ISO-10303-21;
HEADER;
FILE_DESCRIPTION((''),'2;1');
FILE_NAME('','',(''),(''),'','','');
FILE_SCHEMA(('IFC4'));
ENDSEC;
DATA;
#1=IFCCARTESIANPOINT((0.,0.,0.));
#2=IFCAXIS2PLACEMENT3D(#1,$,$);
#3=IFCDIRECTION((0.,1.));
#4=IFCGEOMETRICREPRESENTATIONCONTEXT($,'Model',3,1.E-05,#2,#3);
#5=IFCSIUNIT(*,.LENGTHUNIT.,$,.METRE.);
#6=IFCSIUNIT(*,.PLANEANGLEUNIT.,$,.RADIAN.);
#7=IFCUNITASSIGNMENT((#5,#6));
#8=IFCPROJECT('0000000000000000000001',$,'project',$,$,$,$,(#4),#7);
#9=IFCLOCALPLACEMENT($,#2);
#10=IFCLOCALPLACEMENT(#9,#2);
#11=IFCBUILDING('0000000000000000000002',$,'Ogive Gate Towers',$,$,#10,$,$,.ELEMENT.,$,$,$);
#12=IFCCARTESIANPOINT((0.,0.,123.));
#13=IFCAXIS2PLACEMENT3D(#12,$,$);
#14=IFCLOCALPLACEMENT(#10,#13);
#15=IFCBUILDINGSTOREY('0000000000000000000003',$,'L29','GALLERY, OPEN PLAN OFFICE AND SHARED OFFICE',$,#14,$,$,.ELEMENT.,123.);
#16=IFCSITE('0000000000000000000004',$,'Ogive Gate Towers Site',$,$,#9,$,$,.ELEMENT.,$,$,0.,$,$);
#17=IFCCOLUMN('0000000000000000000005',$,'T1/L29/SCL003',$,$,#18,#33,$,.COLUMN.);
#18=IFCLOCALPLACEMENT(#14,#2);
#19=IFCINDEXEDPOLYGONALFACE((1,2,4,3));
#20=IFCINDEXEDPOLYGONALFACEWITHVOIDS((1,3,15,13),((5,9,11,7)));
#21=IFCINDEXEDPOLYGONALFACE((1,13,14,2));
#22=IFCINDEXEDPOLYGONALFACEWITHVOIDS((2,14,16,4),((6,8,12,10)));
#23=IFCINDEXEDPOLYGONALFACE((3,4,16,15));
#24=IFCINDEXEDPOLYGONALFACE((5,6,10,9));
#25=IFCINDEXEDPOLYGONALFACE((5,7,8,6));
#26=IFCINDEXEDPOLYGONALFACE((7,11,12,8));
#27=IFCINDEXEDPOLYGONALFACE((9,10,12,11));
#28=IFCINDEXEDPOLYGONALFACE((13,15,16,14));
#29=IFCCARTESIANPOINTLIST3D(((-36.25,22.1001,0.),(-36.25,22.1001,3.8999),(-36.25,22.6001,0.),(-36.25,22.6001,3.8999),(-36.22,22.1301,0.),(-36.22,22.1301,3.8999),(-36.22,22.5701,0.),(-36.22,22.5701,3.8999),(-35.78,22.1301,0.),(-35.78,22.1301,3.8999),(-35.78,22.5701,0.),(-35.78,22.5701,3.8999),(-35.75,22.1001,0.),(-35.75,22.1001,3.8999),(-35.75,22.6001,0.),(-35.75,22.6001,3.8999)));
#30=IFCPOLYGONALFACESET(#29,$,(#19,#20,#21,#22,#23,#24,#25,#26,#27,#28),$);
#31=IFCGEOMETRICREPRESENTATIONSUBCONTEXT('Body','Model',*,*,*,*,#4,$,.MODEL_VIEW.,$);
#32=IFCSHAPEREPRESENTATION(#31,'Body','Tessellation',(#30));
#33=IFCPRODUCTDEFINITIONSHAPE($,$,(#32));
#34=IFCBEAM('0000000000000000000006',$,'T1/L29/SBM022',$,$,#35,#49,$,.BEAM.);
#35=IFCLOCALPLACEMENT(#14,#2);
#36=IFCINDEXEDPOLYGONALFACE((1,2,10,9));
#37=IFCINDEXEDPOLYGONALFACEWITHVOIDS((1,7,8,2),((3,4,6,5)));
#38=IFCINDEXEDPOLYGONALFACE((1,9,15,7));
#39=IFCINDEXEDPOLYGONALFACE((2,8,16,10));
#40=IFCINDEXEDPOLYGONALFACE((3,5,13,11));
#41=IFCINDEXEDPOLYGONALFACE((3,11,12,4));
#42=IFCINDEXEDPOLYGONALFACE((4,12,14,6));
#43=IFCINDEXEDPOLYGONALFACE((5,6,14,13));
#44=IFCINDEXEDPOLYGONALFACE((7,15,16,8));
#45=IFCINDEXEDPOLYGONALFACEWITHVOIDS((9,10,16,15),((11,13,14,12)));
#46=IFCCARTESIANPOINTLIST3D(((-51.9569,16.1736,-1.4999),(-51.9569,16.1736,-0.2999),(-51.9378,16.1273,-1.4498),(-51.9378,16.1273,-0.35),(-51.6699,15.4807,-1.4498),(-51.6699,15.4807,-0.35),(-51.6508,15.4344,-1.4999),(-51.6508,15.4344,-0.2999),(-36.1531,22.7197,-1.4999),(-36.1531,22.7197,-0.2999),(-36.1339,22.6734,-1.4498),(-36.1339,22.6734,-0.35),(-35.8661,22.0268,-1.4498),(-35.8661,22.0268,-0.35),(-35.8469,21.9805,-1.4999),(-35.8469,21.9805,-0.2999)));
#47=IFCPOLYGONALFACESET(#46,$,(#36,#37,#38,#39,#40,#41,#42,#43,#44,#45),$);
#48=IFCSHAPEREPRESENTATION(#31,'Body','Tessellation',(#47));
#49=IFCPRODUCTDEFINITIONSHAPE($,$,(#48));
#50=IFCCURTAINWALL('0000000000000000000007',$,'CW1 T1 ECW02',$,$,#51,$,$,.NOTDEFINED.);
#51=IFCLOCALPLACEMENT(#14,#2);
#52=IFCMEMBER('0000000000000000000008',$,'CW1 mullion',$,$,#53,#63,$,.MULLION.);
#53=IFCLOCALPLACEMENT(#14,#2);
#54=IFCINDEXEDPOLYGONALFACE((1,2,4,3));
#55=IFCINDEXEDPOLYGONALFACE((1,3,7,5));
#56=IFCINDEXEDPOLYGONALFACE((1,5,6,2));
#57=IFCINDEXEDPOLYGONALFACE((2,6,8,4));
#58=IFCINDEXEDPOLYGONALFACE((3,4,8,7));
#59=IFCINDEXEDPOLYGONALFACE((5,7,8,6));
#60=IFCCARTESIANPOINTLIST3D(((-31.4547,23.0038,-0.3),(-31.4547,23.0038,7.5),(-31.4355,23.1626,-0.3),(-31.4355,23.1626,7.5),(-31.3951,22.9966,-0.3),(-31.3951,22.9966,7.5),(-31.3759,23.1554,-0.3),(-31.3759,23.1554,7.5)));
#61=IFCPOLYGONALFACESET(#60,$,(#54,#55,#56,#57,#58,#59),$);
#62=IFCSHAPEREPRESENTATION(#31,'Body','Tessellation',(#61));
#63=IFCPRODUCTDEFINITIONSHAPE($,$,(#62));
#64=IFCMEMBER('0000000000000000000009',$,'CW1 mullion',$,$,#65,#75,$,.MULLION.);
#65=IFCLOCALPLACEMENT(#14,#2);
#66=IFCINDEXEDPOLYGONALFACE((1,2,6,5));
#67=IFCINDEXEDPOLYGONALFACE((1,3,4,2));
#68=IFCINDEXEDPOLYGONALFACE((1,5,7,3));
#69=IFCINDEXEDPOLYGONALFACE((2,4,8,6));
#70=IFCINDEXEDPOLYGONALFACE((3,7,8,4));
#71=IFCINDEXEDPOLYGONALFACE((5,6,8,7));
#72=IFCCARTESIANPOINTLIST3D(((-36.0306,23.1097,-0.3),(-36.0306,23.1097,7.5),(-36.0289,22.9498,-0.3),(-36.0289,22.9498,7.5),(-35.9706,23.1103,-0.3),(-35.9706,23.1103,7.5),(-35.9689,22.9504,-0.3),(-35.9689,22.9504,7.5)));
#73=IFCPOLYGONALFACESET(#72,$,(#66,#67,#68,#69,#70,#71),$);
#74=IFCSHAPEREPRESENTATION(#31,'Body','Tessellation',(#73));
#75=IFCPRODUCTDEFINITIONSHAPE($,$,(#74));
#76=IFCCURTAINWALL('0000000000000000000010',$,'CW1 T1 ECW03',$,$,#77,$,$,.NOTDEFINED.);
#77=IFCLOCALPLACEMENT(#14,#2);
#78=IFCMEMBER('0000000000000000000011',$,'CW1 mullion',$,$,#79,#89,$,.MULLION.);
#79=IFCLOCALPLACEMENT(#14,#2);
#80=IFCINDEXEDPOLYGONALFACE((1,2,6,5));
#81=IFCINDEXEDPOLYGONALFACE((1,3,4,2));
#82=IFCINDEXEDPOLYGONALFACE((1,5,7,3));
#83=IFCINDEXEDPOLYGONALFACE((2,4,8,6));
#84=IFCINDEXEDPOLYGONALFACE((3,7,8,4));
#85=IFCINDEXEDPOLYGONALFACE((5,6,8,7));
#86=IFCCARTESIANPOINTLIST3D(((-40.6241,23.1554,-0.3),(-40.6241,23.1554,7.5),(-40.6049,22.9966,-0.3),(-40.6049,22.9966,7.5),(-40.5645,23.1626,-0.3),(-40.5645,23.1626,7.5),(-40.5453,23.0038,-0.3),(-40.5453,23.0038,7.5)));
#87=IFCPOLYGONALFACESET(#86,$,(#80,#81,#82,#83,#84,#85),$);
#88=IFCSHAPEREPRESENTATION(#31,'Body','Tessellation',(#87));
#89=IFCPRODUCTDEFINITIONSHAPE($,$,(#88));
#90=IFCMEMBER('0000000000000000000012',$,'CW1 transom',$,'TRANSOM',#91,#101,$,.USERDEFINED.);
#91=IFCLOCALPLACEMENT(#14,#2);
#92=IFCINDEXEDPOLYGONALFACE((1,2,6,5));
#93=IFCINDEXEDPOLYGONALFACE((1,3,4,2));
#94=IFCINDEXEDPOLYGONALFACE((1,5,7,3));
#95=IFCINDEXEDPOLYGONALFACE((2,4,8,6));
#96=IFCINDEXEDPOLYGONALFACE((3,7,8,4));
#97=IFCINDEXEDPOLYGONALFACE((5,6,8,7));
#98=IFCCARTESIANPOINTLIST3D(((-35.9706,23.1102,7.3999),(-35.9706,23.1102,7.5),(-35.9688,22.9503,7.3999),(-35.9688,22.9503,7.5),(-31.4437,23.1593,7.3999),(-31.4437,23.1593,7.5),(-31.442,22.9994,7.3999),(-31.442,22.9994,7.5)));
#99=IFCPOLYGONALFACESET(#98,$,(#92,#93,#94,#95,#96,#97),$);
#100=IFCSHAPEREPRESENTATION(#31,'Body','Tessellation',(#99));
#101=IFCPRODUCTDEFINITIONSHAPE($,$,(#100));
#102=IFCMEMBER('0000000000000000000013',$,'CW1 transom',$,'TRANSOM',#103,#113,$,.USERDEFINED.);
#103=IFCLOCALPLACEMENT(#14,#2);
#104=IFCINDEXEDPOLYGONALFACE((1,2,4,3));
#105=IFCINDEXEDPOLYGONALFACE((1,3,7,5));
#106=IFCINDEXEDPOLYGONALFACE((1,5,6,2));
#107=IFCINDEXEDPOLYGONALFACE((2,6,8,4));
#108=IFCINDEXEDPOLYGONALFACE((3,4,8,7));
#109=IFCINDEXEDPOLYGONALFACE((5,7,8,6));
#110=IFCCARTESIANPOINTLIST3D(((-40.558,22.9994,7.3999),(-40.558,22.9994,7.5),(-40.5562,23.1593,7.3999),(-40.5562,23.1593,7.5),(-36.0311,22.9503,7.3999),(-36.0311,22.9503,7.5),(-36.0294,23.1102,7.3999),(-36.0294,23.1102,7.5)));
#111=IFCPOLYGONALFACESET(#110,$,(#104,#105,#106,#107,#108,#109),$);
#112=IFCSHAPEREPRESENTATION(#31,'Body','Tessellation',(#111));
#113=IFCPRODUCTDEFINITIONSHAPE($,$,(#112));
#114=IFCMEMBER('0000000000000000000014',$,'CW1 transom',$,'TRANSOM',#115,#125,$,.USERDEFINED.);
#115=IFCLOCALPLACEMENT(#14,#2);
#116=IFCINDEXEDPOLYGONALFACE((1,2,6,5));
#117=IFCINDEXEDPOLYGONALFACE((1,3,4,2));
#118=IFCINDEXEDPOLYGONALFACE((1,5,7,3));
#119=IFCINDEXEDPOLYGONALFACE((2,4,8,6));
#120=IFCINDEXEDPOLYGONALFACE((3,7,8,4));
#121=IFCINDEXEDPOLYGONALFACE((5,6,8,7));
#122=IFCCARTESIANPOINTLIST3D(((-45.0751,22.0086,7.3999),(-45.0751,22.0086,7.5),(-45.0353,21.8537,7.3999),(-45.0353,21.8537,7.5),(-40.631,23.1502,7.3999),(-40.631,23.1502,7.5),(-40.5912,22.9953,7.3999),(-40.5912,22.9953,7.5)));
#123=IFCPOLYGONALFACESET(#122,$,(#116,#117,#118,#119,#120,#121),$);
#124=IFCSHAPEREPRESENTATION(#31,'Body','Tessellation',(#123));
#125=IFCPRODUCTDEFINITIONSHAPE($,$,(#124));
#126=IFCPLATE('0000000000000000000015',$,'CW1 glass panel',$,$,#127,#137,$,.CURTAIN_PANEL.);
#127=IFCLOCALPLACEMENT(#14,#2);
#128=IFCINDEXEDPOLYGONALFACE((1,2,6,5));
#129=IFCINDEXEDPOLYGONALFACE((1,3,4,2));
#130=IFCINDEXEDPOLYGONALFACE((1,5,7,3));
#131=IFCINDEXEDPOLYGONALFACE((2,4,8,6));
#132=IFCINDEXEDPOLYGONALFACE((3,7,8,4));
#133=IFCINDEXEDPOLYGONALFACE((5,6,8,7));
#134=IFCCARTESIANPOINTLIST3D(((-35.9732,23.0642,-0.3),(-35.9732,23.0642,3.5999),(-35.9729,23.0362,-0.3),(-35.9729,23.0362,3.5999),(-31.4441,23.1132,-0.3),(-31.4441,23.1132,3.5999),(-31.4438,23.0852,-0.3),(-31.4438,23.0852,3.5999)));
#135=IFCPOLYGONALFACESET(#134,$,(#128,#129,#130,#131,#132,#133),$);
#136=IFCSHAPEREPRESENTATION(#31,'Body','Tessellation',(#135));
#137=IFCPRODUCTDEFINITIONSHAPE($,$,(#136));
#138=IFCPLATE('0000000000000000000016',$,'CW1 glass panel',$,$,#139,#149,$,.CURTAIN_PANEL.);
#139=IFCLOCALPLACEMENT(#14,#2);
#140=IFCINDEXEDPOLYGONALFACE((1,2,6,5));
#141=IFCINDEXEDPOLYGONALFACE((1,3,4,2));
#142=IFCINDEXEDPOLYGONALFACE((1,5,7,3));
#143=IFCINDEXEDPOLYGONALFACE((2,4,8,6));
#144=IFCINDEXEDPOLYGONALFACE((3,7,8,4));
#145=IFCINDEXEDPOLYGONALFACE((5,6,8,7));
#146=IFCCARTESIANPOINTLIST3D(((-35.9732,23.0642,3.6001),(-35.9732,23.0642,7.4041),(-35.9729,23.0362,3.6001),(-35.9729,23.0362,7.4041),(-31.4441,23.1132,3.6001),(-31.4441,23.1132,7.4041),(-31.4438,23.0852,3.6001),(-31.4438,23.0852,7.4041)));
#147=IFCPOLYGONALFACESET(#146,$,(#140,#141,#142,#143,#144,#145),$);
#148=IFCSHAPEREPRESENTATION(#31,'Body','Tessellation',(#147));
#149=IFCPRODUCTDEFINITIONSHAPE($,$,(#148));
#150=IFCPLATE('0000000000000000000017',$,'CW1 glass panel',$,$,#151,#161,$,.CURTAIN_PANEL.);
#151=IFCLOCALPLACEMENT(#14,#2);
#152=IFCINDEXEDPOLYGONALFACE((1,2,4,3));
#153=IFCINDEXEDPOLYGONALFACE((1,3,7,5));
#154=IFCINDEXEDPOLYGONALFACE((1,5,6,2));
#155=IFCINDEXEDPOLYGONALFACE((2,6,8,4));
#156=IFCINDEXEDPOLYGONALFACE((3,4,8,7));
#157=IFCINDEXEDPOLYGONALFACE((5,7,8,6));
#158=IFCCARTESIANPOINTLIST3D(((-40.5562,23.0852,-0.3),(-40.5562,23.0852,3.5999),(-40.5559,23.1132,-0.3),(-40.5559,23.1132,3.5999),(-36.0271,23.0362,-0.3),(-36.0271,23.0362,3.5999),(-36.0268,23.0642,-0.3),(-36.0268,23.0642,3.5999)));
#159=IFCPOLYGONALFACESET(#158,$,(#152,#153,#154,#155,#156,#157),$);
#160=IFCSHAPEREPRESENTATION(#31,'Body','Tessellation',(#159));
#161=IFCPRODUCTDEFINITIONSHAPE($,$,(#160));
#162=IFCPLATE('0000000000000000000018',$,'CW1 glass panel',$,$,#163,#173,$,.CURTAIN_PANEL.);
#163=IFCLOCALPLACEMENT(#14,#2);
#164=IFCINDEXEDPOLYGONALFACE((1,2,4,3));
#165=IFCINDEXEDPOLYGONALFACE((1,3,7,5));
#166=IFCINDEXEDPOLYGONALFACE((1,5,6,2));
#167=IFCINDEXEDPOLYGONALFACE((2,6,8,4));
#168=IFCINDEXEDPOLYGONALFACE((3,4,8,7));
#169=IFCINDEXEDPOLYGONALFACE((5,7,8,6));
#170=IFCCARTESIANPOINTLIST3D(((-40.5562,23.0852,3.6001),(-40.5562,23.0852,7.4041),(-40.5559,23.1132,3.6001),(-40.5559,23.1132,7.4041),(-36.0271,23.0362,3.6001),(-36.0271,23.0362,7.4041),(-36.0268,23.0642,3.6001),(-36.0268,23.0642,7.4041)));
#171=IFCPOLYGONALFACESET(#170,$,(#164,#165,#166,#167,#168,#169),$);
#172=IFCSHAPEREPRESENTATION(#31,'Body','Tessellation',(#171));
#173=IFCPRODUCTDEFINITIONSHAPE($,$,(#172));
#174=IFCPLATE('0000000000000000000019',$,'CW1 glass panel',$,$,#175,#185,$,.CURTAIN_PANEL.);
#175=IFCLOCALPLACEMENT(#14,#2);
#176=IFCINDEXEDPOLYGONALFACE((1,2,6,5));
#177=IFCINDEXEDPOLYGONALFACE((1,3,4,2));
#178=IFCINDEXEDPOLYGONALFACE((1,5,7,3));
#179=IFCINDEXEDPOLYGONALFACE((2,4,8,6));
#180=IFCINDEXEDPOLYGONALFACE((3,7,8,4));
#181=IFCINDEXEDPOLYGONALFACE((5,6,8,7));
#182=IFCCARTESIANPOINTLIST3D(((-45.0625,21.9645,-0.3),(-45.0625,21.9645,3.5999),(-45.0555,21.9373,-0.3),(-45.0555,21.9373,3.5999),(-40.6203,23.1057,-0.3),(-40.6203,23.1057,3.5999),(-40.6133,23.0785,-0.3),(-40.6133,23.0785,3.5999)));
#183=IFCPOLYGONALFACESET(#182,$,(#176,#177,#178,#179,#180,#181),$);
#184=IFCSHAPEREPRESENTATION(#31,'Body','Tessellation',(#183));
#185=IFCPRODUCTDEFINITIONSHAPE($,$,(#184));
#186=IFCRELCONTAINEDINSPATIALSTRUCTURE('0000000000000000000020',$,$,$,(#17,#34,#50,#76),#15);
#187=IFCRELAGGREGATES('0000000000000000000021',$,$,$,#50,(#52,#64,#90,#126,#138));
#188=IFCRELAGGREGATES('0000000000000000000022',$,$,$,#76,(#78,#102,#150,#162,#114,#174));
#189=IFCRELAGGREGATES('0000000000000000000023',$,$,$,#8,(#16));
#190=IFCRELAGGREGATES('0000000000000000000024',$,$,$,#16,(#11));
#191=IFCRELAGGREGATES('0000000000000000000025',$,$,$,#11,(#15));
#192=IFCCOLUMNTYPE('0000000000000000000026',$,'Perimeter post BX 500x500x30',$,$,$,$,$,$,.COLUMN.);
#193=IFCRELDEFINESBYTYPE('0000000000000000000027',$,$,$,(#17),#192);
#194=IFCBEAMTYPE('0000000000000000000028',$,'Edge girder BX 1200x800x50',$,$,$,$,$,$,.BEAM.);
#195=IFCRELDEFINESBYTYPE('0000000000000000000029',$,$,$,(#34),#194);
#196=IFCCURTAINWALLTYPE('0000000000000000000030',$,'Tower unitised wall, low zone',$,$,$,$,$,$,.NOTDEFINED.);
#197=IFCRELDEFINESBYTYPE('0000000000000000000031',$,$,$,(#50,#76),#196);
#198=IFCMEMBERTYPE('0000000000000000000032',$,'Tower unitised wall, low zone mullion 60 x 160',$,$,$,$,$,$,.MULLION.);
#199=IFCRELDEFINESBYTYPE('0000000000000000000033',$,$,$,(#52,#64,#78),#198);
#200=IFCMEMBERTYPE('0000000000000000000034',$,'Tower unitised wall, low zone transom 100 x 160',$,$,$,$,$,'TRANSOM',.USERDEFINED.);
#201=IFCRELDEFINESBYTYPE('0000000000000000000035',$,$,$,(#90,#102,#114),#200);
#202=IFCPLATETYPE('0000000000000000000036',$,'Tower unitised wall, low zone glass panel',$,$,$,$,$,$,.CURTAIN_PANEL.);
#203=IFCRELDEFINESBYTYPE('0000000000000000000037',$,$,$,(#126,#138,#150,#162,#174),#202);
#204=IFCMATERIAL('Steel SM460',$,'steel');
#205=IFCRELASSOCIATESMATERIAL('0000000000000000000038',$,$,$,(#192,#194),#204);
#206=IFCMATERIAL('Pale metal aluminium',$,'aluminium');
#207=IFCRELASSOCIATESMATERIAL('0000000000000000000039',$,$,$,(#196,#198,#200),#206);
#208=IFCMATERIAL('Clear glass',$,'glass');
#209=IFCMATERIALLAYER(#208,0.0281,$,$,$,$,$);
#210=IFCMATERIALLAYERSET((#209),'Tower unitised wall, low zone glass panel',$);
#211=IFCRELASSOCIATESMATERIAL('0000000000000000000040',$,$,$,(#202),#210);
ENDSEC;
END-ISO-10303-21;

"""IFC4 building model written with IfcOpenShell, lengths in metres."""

from ifc_helpers import new_model, si_unit, direction, frame, origin, origin_2d, place, context, subcontext, project, spatial, rectangle, hollow_rectangle, extrude, material, layer, layer_set, material_profile, profile_set, type_object, element, aggregate, save


model = new_model("IFC4")

# Units and contexts
model_context = context("Model", 3, precision=1e-05, world=origin(), true_north=direction((0.0, 1.0)))
body_context = subcontext(model_context, "Body", "Model", "MODEL_VIEW")
ifc_project = project(units=[si_unit("LENGTHUNIT", "METRE"), si_unit("PLANEANGLEUNIT", "RADIAN")], contexts=[model_context])

# Site, building, storey
site_placement = place(None, origin())
site = spatial("IfcSite", under=ifc_project, at=site_placement, Name="Ogive Gate Towers Site", CompositionType="ELEMENT", RefElevation=0.0)
building_placement = place(site_placement, origin())
building = spatial("IfcBuilding", under=site, at=building_placement, Name="Ogive Gate Towers", CompositionType="ELEMENT")
storey_placement = place(building_placement, frame((0.0, 0.0, 123.0)))
storey = spatial("IfcBuildingStorey", under=building, at=storey_placement, Name="L29", Description="GALLERY, OPEN PLAN OFFICE AND SHARED OFFICE", CompositionType="ELEMENT", Elevation=123.0)

# Column
ifc_material_1 = material(Name="Steel SM460", Category="steel")
ifc_material_profile_1 = material_profile(ifc_material_1, hollow_rectangle(XDim=0.5, YDim=0.5, WallThickness=0.03, at=origin_2d()), Name="BX 500x500x30")
ifc_profile_set_1 = profile_set([ifc_material_profile_1], Name="Steel SM460")
column_type = type_object("IfcColumnType", Name="Perimeter post BX 500x500x30", PredefinedType="COLUMN", material=ifc_profile_set_1)
column_placement = place(storey_placement, frame((-36.0, 22.3501, 0.0), z_axis=(0.0, 0.0, 1.0), x_axis=(1.0, 0.0, 0.0)))
element("IfcColumn", 1, at=column_placement, inside=storey, type_object=column_type, Name="T1/L29/SCL003", PredefinedType="COLUMN", context=body_context, shape_type="SweptSolid", body=[
    extrude(hollow_rectangle(XDim=0.5, YDim=0.5, WallThickness=0.03, at=origin_2d()), origin(), (0.0, 0.0, 1.0), 3.8999),
])

# Beam
ifc_material_profile_2 = material_profile(ifc_material_1, hollow_rectangle(XDim=0.8, YDim=1.2, WallThickness=0.05, at=origin_2d()), Name="BX 1200x800x50")
ifc_profile_set_2 = profile_set([ifc_material_profile_2], Name="Steel SM460")
beam_type = type_object("IfcBeamType", Name="Edge girder BX 1200x800x50", PredefinedType="BEAM", material=ifc_profile_set_2)
beam_placement = place(storey_placement, frame((-36.0, 22.3501, -0.8999), z_axis=(-0.923881, -0.38268, 0.0), x_axis=(0.38268, -0.923881, 0.0)))
element("IfcBeam", 2, at=beam_placement, inside=storey, type_object=beam_type, Name="T1/L29/SBM022", PredefinedType="BEAM", context=body_context, shape_type="SweptSolid", body=[
    extrude(hollow_rectangle(XDim=0.8, YDim=1.2, WallThickness=0.05, at=origin_2d()), origin(), (0.0, 0.0, 1.0), 17.106),
])

# Curtain wall, members
ifc_material_2 = material(Name="Pale metal aluminium", Category="aluminium")
curtain_wall_type = type_object("IfcCurtainWallType", Name="Tower unitised wall, low zone", PredefinedType="NOTDEFINED", material=ifc_material_2)
curtain_wall_1_placement = place(storey_placement, origin())
curtain_wall_1 = element("IfcCurtainWall", 3, at=curtain_wall_1_placement, inside=storey, type_object=curtain_wall_type, Name="CW1 T1 ECW02", PredefinedType="NOTDEFINED")
ifc_material_profile_3 = material_profile(ifc_material_2, rectangle(XDim=0.1599, YDim=0.0601, at=origin_2d()), Name="60 x 160 aluminium box")
ifc_profile_set_3 = profile_set([ifc_material_profile_3], Name="Pale metal aluminium")
member_type_1 = type_object("IfcMemberType", Name="Tower unitised wall, low zone mullion 60 x 160", PredefinedType="MULLION", material=ifc_profile_set_3)
member_1_placement = place(storey_placement, frame((-31.4153, 23.0796, -0.3), z_axis=(0.0, 0.0, 1.0), x_axis=(0.120033, 0.99277, 0.0)))
member_1 = element("IfcMember", 4, at=member_1_placement, type_object=member_type_1, Name="CW1 mullion", PredefinedType="MULLION", context=body_context, shape_type="SweptSolid", body=[
    extrude(rectangle(XDim=0.1599, YDim=0.0601, at=origin_2d()), origin(), (0.0, 0.0, 1.0), 7.8),
])
member_2_placement = place(storey_placement, frame((-35.9998, 23.03, -0.3), z_axis=(0.0, 0.0, 1.0), x_axis=(-0.010821, 0.999941, 0.0)))
member_2 = element("IfcMember", 5, at=member_2_placement, type_object=member_type_1, Name="CW1 mullion", PredefinedType="MULLION", context=body_context, shape_type="SweptSolid", body=[
    extrude(rectangle(XDim=0.1599, YDim=0.0601, at=origin_2d()), origin(), (0.0, 0.0, 1.0), 7.8),
])

# Curtain wall, member
curtain_wall_2_placement = place(storey_placement, origin())
curtain_wall_2 = element("IfcCurtainWall", 6, at=curtain_wall_2_placement, inside=storey, type_object=curtain_wall_type, Name="CW1 T1 ECW03", PredefinedType="NOTDEFINED")
member_3_placement = place(storey_placement, frame((-40.5847, 23.0796, -0.3), z_axis=(0.0, 0.0, 1.0), x_axis=(-0.120033, 0.99277, 0.0)))
member_3 = element("IfcMember", 7, at=member_3_placement, type_object=member_type_1, Name="CW1 mullion", PredefinedType="MULLION", context=body_context, shape_type="SweptSolid", body=[
    extrude(rectangle(XDim=0.1599, YDim=0.0601, at=origin_2d()), origin(), (0.0, 0.0, 1.0), 7.8),
])

# Members
ifc_material_profile_4 = material_profile(ifc_material_2, rectangle(XDim=0.1599, YDim=0.1001, at=origin_2d()), Name="100 x 160 aluminium box")
ifc_profile_set_4 = profile_set([ifc_material_profile_4], Name="Pale metal aluminium")
member_type_2 = type_object("IfcMemberType", Name="Tower unitised wall, low zone transom 100 x 160", ElementType="TRANSOM", PredefinedType="USERDEFINED", material=ifc_profile_set_4)
member_4_placement = place(storey_placement, frame((-31.4429, 23.0793, 7.45), z_axis=(-0.999941, -0.01084, 0.0), x_axis=(0.01084, -0.999941, 0.0)))
member_4 = element("IfcMember", 8, at=member_4_placement, type_object=member_type_2, Name="CW1 transom", ObjectType="TRANSOM", PredefinedType="USERDEFINED", context=body_context, shape_type="SweptSolid", body=[
    extrude(rectangle(XDim=0.1599, YDim=0.1001, at=origin_2d()), origin(), (0.0, 0.0, 1.0), 4.5271),
])
member_5_placement = place(storey_placement, frame((-36.0303, 23.0303, 7.45), z_axis=(-0.999941, 0.01084, 0.0), x_axis=(-0.01084, -0.999941, 0.0)))
member_5 = element("IfcMember", 9, at=member_5_placement, type_object=member_type_2, Name="CW1 transom", ObjectType="TRANSOM", PredefinedType="USERDEFINED", context=body_context, shape_type="SweptSolid", body=[
    extrude(rectangle(XDim=0.1599, YDim=0.1001, at=origin_2d()), origin(), (0.0, 0.0, 1.0), 4.5271),
])
member_6_placement = place(storey_placement, frame((-40.6111, 23.0728, 7.45), z_axis=(-0.968554, -0.248803, 0.0), x_axis=(0.248803, -0.968554, 0.0)))
member_6 = element("IfcMember", 10, at=member_6_placement, type_object=member_type_2, Name="CW1 transom", ObjectType="TRANSOM", PredefinedType="USERDEFINED", context=body_context, shape_type="SweptSolid", body=[
    extrude(rectangle(XDim=0.1599, YDim=0.1001, at=origin_2d()), origin(), (0.0, 0.0, 1.0), 4.5884),
])

# Plates
ifc_material_3 = material(Name="Clear glass", Category="glass")
ifc_layer_1 = layer(ifc_material_3, 0.0281)
ifc_layer_set_1 = layer_set([ifc_layer_1], Name="Tower unitised wall, low zone glass panel")
plate_type = type_object("IfcPlateType", Name="Tower unitised wall, low zone glass panel", PredefinedType="CURTAIN_PANEL", material=ifc_layer_set_1)
plate_1_placement = place(storey_placement, frame((-33.7085, 23.0747, -0.3), z_axis=(0.0, 0.0, 1.0), x_axis=(-0.999941, -0.010821, 0.0)))
plate_1 = element("IfcPlate", 11, at=plate_1_placement, type_object=plate_type, Name="CW1 glass panel", PredefinedType="CURTAIN_PANEL", context=body_context, shape_type="SweptSolid", body=[
    extrude(rectangle(XDim=4.5293, YDim=0.0281, at=origin_2d()), origin(), (0.0, 0.0, 1.0), 3.8999),
])
plate_2_placement = place(storey_placement, frame((-33.7085, 23.0747, 3.6001), z_axis=(0.0, 0.0, 1.0), x_axis=(-0.999941, -0.010821, 0.0)))
plate_2 = element("IfcPlate", 12, at=plate_2_placement, type_object=plate_type, Name="CW1 glass panel", PredefinedType="CURTAIN_PANEL", context=body_context, shape_type="SweptSolid", body=[
    extrude(rectangle(XDim=4.5293, YDim=0.0281, at=origin_2d()), origin(), (0.0, 0.0, 1.0), 3.804),
])
aggregate(curtain_wall_1, [member_1, member_2, member_4, plate_1, plate_2])
plate_3_placement = place(storey_placement, frame((-38.2915, 23.0747, -0.3), z_axis=(0.0, 0.0, 1.0), x_axis=(-0.999941, 0.010821, 0.0)))
plate_3 = element("IfcPlate", 13, at=plate_3_placement, type_object=plate_type, Name="CW1 glass panel", PredefinedType="CURTAIN_PANEL", context=body_context, shape_type="SweptSolid", body=[
    extrude(rectangle(XDim=4.5293, YDim=0.0281, at=origin_2d()), origin(), (0.0, 0.0, 1.0), 3.8999),
])
plate_4_placement = place(storey_placement, frame((-38.2915, 23.0747, 3.6001), z_axis=(0.0, 0.0, 1.0), x_axis=(-0.999941, 0.010821, 0.0)))
plate_4 = element("IfcPlate", 14, at=plate_4_placement, type_object=plate_type, Name="CW1 glass panel", PredefinedType="CURTAIN_PANEL", context=body_context, shape_type="SweptSolid", body=[
    extrude(rectangle(XDim=4.5293, YDim=0.0281, at=origin_2d()), origin(), (0.0, 0.0, 1.0), 3.804),
])
plate_5_placement = place(storey_placement, frame((-42.8379, 22.5215, -0.3), z_axis=(0.0, 0.0, 1.0), x_axis=(-0.968553, -0.248808, 0.0)))
plate_5 = element("IfcPlate", 15, at=plate_5_placement, type_object=plate_type, Name="CW1 glass panel", PredefinedType="CURTAIN_PANEL", context=body_context, shape_type="SweptSolid", body=[
    extrude(rectangle(XDim=4.5864, YDim=0.0281, at=origin_2d()), origin(), (0.0, 0.0, 1.0), 3.8999),
])
aggregate(curtain_wall_2, [member_3, member_5, plate_3, plate_4, member_6, plate_5])

save(model, "model.ifc")
